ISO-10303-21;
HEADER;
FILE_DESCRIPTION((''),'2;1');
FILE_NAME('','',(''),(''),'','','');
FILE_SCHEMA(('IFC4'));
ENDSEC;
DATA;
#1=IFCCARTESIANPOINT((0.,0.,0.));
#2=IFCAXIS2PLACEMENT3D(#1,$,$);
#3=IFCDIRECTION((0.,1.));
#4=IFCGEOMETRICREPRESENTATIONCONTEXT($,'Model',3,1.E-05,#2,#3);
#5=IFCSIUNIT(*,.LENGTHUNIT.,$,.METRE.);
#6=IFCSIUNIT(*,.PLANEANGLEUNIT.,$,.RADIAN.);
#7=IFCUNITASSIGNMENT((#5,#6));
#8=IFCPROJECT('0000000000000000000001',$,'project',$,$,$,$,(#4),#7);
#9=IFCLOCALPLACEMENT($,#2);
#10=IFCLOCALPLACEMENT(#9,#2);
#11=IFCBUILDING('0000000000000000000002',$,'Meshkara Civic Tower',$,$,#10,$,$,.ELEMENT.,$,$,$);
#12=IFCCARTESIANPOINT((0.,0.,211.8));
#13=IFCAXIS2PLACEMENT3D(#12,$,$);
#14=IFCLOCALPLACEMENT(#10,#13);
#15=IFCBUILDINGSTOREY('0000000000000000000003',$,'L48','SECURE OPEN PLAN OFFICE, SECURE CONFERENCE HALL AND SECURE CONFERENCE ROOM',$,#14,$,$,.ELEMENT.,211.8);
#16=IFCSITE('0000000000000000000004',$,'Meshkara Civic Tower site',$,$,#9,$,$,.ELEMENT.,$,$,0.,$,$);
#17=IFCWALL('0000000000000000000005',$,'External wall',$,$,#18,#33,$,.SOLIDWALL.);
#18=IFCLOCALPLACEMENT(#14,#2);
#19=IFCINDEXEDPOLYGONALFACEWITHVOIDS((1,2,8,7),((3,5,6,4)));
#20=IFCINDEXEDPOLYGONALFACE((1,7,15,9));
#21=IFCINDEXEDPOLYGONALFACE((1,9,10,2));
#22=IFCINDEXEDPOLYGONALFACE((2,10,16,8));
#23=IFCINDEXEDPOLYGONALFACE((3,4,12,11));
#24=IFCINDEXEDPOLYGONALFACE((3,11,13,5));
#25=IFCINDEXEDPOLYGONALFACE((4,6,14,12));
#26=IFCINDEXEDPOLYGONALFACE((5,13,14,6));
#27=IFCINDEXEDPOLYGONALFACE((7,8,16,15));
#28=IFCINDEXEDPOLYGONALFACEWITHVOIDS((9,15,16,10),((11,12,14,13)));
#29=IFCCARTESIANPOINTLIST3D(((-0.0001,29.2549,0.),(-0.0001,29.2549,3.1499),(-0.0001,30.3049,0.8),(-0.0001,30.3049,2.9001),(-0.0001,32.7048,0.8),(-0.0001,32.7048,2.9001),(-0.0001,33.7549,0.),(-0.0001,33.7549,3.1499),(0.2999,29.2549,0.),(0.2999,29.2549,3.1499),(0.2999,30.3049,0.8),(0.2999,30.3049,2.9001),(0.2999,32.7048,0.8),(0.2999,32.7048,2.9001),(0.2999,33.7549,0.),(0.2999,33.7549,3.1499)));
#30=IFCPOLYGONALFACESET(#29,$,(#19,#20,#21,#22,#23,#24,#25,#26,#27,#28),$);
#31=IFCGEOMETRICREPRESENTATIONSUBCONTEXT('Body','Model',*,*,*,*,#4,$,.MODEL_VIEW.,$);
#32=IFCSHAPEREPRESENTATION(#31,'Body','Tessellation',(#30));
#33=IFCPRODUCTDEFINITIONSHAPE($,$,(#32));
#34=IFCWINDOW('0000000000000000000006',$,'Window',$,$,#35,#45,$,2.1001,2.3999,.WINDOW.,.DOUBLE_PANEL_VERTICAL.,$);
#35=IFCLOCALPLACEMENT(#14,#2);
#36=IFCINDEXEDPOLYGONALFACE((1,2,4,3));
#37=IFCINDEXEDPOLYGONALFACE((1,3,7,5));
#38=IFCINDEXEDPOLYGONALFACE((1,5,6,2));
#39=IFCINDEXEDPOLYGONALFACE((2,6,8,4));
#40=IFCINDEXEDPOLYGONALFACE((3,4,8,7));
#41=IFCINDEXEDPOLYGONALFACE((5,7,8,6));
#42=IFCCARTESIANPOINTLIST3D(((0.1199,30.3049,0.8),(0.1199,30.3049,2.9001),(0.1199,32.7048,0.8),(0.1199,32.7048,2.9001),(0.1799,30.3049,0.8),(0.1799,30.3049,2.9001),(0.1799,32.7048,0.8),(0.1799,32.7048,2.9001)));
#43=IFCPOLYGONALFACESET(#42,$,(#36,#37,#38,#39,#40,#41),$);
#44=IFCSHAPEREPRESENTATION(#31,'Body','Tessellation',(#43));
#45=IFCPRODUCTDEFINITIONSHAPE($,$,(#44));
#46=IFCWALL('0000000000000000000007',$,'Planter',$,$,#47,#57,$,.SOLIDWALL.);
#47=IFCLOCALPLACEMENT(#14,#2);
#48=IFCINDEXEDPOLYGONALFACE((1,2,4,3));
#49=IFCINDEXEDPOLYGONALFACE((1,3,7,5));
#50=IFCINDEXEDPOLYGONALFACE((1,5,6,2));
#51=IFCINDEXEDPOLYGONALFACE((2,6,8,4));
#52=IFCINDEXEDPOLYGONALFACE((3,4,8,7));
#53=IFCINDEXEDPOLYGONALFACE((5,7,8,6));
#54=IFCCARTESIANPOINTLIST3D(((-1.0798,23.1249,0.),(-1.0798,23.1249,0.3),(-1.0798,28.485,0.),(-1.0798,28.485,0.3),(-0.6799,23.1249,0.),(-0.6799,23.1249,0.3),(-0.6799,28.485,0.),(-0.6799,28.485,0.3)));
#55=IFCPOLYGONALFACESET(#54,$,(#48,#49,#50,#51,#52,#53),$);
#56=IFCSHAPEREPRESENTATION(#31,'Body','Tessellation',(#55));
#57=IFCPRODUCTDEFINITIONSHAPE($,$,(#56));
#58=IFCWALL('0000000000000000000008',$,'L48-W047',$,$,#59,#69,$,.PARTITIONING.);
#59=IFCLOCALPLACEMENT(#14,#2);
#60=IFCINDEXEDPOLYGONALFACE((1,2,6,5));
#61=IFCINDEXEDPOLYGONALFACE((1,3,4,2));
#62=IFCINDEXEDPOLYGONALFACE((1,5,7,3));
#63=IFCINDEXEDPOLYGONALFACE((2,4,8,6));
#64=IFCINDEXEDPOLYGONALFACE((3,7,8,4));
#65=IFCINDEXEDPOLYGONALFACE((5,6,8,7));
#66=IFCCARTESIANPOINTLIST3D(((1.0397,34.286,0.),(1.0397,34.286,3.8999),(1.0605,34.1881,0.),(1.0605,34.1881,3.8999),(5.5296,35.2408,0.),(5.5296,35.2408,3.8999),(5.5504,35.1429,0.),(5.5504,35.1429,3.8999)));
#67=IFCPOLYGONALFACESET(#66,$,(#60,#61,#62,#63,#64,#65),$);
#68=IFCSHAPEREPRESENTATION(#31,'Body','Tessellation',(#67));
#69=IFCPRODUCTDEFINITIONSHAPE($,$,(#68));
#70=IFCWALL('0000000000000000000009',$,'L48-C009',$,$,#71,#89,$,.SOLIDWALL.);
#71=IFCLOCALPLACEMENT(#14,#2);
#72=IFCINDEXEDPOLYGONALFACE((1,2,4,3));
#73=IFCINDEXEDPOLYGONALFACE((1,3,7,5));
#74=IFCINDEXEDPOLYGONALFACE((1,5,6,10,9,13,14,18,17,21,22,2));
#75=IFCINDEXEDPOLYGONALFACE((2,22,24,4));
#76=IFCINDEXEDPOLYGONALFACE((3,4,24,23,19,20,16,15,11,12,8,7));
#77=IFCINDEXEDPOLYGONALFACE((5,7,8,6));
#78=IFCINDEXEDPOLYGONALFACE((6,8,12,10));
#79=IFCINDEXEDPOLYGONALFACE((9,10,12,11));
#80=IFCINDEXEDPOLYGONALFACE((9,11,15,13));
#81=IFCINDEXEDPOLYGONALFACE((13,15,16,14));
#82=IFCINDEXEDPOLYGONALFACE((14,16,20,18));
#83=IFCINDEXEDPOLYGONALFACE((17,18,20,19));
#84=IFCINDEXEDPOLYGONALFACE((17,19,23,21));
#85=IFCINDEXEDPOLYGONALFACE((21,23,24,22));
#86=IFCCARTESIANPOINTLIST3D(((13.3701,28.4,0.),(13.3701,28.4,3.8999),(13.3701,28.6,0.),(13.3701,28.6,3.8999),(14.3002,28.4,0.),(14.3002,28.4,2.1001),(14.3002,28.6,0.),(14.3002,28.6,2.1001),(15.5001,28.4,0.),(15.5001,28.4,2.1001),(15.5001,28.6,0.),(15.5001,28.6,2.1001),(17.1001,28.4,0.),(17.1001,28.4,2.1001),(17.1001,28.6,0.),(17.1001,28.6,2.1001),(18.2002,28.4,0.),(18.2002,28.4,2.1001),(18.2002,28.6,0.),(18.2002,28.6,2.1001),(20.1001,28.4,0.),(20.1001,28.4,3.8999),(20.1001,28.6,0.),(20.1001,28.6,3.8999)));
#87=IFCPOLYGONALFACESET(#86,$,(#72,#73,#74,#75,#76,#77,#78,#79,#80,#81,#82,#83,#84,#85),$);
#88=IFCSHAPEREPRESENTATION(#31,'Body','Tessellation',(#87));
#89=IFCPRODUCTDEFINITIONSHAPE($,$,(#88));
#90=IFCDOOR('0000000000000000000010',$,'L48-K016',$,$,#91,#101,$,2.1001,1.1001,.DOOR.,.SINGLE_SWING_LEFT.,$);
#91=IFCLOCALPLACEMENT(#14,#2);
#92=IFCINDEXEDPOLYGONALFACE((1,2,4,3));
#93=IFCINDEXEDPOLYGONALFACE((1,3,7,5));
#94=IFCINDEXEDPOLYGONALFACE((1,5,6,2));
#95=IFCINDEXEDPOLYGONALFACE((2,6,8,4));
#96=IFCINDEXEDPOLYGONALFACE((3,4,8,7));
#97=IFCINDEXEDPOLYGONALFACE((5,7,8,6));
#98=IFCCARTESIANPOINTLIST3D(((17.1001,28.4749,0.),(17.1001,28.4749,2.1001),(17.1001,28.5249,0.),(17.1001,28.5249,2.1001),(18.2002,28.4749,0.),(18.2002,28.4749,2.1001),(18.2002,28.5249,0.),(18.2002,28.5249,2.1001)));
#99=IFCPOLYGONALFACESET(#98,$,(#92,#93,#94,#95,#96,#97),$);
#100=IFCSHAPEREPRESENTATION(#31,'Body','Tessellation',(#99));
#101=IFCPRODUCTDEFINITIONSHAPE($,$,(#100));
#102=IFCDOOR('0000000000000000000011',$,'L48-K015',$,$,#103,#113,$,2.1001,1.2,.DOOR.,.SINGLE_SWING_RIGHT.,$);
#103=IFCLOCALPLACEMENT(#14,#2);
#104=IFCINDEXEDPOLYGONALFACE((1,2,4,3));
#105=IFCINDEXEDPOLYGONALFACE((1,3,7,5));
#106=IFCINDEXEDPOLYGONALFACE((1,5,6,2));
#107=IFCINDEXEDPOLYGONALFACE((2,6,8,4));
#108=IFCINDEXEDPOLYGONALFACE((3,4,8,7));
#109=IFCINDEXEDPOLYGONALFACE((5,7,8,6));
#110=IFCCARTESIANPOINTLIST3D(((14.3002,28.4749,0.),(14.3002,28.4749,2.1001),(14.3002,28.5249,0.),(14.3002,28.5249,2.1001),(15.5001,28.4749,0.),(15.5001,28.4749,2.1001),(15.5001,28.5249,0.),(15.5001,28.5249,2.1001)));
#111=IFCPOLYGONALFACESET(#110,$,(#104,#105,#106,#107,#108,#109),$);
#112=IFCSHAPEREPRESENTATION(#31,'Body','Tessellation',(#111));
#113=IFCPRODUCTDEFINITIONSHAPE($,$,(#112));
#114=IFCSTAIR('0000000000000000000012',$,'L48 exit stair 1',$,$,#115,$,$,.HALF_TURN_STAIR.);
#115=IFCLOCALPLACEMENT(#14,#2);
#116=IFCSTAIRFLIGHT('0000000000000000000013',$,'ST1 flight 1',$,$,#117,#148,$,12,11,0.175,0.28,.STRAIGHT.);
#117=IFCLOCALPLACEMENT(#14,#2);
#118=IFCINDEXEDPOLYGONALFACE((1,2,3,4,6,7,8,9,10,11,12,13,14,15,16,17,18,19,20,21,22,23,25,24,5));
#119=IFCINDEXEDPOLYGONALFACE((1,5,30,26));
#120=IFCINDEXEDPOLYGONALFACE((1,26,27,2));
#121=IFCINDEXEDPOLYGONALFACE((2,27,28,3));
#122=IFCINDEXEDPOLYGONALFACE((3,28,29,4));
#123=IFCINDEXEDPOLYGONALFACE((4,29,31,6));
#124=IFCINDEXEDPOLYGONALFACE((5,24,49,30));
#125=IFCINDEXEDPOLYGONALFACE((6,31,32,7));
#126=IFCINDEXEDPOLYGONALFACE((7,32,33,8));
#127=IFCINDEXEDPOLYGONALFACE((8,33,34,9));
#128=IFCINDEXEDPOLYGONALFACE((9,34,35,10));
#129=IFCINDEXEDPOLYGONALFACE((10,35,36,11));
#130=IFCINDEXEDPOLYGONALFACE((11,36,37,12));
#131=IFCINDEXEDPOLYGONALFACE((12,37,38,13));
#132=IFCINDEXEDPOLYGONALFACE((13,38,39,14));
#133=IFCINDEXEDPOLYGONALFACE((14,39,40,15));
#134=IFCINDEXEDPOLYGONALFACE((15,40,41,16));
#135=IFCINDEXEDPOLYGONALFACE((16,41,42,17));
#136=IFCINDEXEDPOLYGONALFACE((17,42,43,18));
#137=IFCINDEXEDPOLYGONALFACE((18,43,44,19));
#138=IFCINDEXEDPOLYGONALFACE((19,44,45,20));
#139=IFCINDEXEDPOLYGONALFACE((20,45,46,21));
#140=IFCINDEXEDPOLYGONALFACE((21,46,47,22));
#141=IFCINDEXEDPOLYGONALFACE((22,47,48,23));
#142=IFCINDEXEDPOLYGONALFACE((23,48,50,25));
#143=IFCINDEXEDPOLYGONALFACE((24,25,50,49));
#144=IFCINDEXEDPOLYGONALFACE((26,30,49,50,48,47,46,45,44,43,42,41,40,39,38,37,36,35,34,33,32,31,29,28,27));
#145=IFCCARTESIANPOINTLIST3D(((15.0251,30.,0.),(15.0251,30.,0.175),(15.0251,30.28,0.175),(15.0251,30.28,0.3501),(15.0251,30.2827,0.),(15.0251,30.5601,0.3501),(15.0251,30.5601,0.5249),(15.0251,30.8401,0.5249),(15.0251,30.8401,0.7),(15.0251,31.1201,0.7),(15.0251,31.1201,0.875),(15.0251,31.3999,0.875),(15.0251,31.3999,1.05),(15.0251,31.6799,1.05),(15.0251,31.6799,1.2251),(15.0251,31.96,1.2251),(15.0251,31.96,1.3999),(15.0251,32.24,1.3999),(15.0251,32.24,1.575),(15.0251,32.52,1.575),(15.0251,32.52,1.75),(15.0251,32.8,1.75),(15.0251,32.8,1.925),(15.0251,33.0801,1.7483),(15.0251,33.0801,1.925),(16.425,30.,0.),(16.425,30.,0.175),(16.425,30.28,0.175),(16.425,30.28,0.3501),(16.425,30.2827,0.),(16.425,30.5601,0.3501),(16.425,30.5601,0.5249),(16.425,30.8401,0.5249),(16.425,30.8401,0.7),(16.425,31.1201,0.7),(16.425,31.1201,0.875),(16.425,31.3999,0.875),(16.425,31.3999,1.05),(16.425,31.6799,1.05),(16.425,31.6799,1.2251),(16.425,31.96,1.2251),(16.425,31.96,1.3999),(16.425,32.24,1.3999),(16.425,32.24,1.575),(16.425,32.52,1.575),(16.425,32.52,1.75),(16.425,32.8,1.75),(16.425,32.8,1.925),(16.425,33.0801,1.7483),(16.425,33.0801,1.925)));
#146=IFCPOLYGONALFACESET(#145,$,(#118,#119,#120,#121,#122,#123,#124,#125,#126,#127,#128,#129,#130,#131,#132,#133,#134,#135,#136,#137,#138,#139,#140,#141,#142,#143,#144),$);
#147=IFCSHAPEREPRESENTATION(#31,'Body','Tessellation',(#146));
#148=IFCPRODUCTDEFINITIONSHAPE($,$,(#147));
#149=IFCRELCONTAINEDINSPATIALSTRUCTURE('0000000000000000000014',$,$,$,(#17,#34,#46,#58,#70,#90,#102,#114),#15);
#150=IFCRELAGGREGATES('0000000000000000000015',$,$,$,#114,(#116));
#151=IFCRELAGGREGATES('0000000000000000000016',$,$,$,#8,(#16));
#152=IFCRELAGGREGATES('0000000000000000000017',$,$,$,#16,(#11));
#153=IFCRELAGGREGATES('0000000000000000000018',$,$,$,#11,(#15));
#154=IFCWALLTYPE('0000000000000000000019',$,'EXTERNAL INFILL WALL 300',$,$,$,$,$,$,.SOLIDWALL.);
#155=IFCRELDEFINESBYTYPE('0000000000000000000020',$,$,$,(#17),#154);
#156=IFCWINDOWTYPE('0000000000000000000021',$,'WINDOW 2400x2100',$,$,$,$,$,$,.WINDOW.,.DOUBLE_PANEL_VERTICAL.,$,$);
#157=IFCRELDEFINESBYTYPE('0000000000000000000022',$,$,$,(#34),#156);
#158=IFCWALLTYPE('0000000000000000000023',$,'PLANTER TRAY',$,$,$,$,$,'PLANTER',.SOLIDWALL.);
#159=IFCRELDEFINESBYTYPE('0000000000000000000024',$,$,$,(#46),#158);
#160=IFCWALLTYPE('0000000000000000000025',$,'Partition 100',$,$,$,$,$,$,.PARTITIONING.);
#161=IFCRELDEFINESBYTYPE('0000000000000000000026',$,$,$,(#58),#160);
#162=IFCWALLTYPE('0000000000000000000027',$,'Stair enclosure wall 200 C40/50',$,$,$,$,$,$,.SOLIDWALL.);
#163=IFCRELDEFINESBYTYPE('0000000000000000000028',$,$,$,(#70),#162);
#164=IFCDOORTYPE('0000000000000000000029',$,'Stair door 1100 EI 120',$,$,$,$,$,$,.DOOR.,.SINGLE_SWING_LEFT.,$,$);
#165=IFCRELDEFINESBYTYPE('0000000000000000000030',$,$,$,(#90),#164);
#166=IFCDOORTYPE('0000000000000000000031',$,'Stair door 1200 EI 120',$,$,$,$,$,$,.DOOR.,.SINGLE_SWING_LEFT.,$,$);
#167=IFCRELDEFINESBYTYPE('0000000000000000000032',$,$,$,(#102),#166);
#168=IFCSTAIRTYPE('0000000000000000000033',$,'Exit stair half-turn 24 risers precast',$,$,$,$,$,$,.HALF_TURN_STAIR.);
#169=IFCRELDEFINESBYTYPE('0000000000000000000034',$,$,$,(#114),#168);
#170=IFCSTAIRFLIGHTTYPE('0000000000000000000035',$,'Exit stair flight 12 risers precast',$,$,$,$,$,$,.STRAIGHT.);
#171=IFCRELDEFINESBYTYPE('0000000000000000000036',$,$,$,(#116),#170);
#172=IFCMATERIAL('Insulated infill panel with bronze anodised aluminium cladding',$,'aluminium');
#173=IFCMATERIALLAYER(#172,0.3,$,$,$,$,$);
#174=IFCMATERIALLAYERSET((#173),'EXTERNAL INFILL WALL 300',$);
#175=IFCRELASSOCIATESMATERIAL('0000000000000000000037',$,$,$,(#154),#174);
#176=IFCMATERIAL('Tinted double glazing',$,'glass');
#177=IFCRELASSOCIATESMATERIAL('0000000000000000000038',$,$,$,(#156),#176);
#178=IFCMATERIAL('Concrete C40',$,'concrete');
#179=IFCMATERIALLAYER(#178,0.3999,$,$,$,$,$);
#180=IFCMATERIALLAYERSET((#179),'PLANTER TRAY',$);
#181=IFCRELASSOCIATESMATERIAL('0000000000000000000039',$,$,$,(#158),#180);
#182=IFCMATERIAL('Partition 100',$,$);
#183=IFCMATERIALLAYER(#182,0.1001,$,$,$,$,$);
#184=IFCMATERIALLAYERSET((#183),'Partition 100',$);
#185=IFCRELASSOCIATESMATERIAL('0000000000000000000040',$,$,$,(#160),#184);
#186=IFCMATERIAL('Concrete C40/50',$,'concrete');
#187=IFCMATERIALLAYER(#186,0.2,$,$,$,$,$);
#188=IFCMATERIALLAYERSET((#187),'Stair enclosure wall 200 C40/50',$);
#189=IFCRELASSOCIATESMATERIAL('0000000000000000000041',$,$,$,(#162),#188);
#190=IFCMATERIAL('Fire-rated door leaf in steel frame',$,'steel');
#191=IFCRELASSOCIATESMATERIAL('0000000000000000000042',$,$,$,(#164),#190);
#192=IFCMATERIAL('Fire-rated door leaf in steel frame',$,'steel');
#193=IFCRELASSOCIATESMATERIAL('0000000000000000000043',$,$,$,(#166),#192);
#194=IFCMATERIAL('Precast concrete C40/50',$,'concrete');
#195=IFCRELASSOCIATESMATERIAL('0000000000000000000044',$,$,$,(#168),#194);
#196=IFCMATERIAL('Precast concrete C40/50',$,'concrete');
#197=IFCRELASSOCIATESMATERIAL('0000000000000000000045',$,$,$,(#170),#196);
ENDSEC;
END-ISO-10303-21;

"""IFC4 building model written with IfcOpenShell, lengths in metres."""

from ifc_helpers import new_model, si_unit, direction, frame, frame_2d, origin, place, context, subcontext, project, spatial, polyline, rectangle, outline, extrude, material, layer, layer_set, type_object, element, fill, aggregate, save


model = new_model("IFC4")

# Units and contexts
model_context = context("Model", 3, precision=1e-05, world=origin(), true_north=direction((0.0, 1.0)))
body_context = subcontext(model_context, "Body", "Model", "MODEL_VIEW")
ifc_project = project(units=[si_unit("LENGTHUNIT", "METRE"), si_unit("PLANEANGLEUNIT", "RADIAN")], contexts=[model_context])

# Site, building, storey
site_placement = place(None, origin())
site = spatial("IfcSite", under=ifc_project, at=site_placement, Name="Meshkara Civic Tower site", CompositionType="ELEMENT", RefElevation=0.0)
building_placement = place(site_placement, origin())
building = spatial("IfcBuilding", under=site, at=building_placement, Name="Meshkara Civic Tower", CompositionType="ELEMENT")
storey_placement = place(building_placement, frame((0.0, 0.0, 211.8)))
storey = spatial("IfcBuildingStorey", under=building, at=storey_placement, Name="L48", Description="SECURE OPEN PLAN OFFICE, SECURE CONFERENCE HALL AND SECURE CONFERENCE ROOM", CompositionType="ELEMENT", Elevation=211.8)

# Wall, opening, window
ifc_material_1 = material(Name="Insulated infill panel with bronze anodised aluminium cladding", Category="aluminium")
ifc_layer_1 = layer(ifc_material_1, 0.3)
ifc_layer_set_1 = layer_set([ifc_layer_1], Name="EXTERNAL INFILL WALL 300")
wall_type_1 = type_object("IfcWallType", Name="EXTERNAL INFILL WALL 300", PredefinedType="SOLIDWALL", material=ifc_layer_set_1)
ifc_material_2 = material(Name="Tinted double glazing", Category="glass")
window_type = type_object("IfcWindowType", Name="WINDOW 2400x2100", PartitioningType="DOUBLE_PANEL_VERTICAL", PredefinedType="WINDOW", material=ifc_material_2)
wall_1_placement = place(storey_placement, frame((0.1499, 33.7549, 0.0), z_axis=(0.0, 0.0, 1.0), x_axis=(0.0, -1.0, 0.0)))
wall_1 = element("IfcWall", 1, at=wall_1_placement, inside=storey, type_object=wall_type_1, Name="External wall", PredefinedType="SOLIDWALL", context=body_context, shape_type="SweptSolid", body=[
    extrude(rectangle(XDim=4.5, YDim=0.3, at=frame_2d((2.25, 0.0))), origin(), (0.0, 0.0, 1.0), 3.1499),
])
opening_1_placement = place(wall_1_placement, frame((1.05, 0.0, 0.8)))
opening_1 = element("IfcOpeningElement", 2, at=opening_1_placement, cuts=wall_1, PredefinedType="OPENING", context=body_context, shape_type="SweptSolid", body=[
    extrude(rectangle(XDim=2.3999, YDim=2.1001, at=frame_2d((1.2, 1.05))), frame((0.0, 0.1599, 0.0), z_axis=(0.0, -1.0, 0.0), x_axis=(1.0, 0.0, 0.0)), (0.0, 0.0, 1.0), 0.3201),
])
window_1_placement = place(opening_1_placement, origin())
window_1 = element("IfcWindow", 3, at=window_1_placement, inside=storey, type_object=window_type, Name="Window", OverallHeight=2.1001, OverallWidth=2.3999, PartitioningType="DOUBLE_PANEL_VERTICAL", PredefinedType="WINDOW", context=body_context, shape_type="SweptSolid", body=[
    extrude(rectangle(XDim=2.3999, YDim=2.1001, at=frame_2d((1.2, 1.05))), frame((0.0, 0.03, 0.0), z_axis=(0.0, -1.0, 0.0), x_axis=(1.0, 0.0, 0.0)), (0.0, 0.0, 1.0), 0.0601),
])
fill(opening_1, window_1)

# Walls
ifc_material_3 = material(Name="Concrete C40", Category="concrete")
ifc_layer_2 = layer(ifc_material_3, 0.3999)
ifc_layer_set_2 = layer_set([ifc_layer_2], Name="PLANTER TRAY")
wall_type_2 = type_object("IfcWallType", Name="PLANTER TRAY", ElementType="PLANTER", PredefinedType="SOLIDWALL", material=ifc_layer_set_2)
wall_2_placement = place(storey_placement, frame((-0.8799, 28.4851, 0.0), z_axis=(0.0, 0.0, 1.0), x_axis=(0.0, -1.0, 0.0)))
element("IfcWall", 4, at=wall_2_placement, inside=storey, type_object=wall_type_2, Name="Planter", PredefinedType="SOLIDWALL", context=body_context, shape_type="SweptSolid", body=[
    extrude(rectangle(XDim=5.3601, YDim=0.3999, at=frame_2d((2.6802, 0.0))), origin(), (0.0, 0.0, 1.0), 0.3),
])
ifc_material_4 = material(Name="Partition 100")
ifc_layer_3 = layer(ifc_material_4, 0.1001)
ifc_layer_set_3 = layer_set([ifc_layer_3], Name="Partition 100")
wall_type_3 = type_object("IfcWallType", Name="Partition 100", PredefinedType="PARTITIONING", material=ifc_layer_set_3)
wall_3_placement = place(storey_placement, frame((5.54, 35.1919, 0.0), z_axis=(0.0, 0.0, 1.0), x_axis=(-0.978127, -0.208007, 0.0)))
element("IfcWall", 5, at=wall_3_placement, inside=storey, type_object=wall_type_3, Name="L48-W047", PredefinedType="PARTITIONING", context=body_context, shape_type="SweptSolid", body=[
    extrude(rectangle(XDim=4.5903, YDim=0.1001, at=frame_2d((2.2952, 0.0))), origin(), (0.0, 0.0, 1.0), 3.8999),
])

# Wall, openings, doors
ifc_material_5 = material(Name="Concrete C40/50", Category="concrete")
ifc_layer_4 = layer(ifc_material_5, 0.2)
ifc_layer_set_4 = layer_set([ifc_layer_4], Name="Stair enclosure wall 200 C40/50")
wall_type_4 = type_object("IfcWallType", Name="Stair enclosure wall 200 C40/50", PredefinedType="SOLIDWALL", material=ifc_layer_set_4)
wall_4_placement = place(storey_placement, frame((13.3701, 28.5, 0.0), z_axis=(0.0, 0.0, 1.0), x_axis=(1.0, 0.0, 0.0)))
wall_4 = element("IfcWall", 6, at=wall_4_placement, inside=storey, type_object=wall_type_4, Name="L48-C009", PredefinedType="SOLIDWALL", context=body_context, shape_type="SweptSolid", body=[
    extrude(rectangle(XDim=6.73, YDim=0.2, at=frame_2d((3.365, 0.0))), origin(), (0.0, 0.0, 1.0), 3.8999),
])
opening_2_placement = place(wall_4_placement, frame((0.9299, 0.0, 0.0)))
opening_2 = element("IfcOpeningElement", 7, at=opening_2_placement, cuts=wall_4, PredefinedType="OPENING", context=body_context, shape_type="SweptSolid", body=[
    extrude(rectangle(XDim=1.2, YDim=2.1001, at=frame_2d((0.6001, 1.05))), frame((0.0, 0.1099, 0.0), z_axis=(0.0, -1.0, 0.0), x_axis=(1.0, 0.0, 0.0)), (0.0, 0.0, 1.0), 0.22),
])
opening_3_placement = place(wall_4_placement, frame((3.73, 0.0, 0.0)))
opening_3 = element("IfcOpeningElement", 8, at=opening_3_placement, cuts=wall_4, PredefinedType="OPENING", context=body_context, shape_type="SweptSolid", body=[
    extrude(rectangle(XDim=1.1001, YDim=2.1001, at=frame_2d((0.55, 1.05))), frame((0.0, 0.1099, 0.0), z_axis=(0.0, -1.0, 0.0), x_axis=(1.0, 0.0, 0.0)), (0.0, 0.0, 1.0), 0.22),
])
ifc_material_6 = material(Name="Fire-rated door leaf in steel frame", Category="steel")
door_type_1 = type_object("IfcDoorType", Name="Stair door 1100 EI 120", OperationType="SINGLE_SWING_LEFT", PredefinedType="DOOR", material=ifc_material_6)
door_1_placement = place(opening_3_placement, origin())
door_1 = element("IfcDoor", 9, at=door_1_placement, inside=storey, type_object=door_type_1, Name="L48-K016", OperationType="SINGLE_SWING_LEFT", OverallHeight=2.1001, OverallWidth=1.1001, PredefinedType="DOOR", context=body_context, shape_type="SweptSolid", body=[
    extrude(rectangle(XDim=1.1001, YDim=2.1001, at=frame_2d((0.55, 1.05))), frame((0.0, 0.0249, 0.0), z_axis=(0.0, -1.0, 0.0), x_axis=(1.0, 0.0, 0.0)), (0.0, 0.0, 1.0), 0.05),
])
fill(opening_3, door_1)
ifc_material_7 = material(Name="Fire-rated door leaf in steel frame", Category="steel")
door_type_2 = type_object("IfcDoorType", Name="Stair door 1200 EI 120", OperationType="SINGLE_SWING_LEFT", PredefinedType="DOOR", material=ifc_material_7)
door_2_placement = place(opening_2_placement, origin())
door_2 = element("IfcDoor", 10, at=door_2_placement, inside=storey, type_object=door_type_2, Name="L48-K015", OperationType="SINGLE_SWING_RIGHT", OverallHeight=2.1001, OverallWidth=1.2, PredefinedType="DOOR", context=body_context, shape_type="SweptSolid", body=[
    extrude(rectangle(XDim=1.2, YDim=2.1001, at=frame_2d((0.6001, 1.05))), frame((0.0, 0.0249, 0.0), z_axis=(0.0, -1.0, 0.0), x_axis=(1.0, 0.0, 0.0)), (0.0, 0.0, 1.0), 0.05),
])
fill(opening_2, door_2)

# Stair, stair flight
ifc_material_8 = material(Name="Precast concrete C40/50", Category="concrete")
stair_type = type_object("IfcStairType", Name="Exit stair half-turn 24 risers precast", PredefinedType="HALF_TURN_STAIR", material=ifc_material_8)
stair_placement = place(storey_placement, origin())
stair = element("IfcStair", 11, at=stair_placement, inside=storey, type_object=stair_type, Name="L48 exit stair 1", PredefinedType="HALF_TURN_STAIR")
ifc_material_9 = material(Name="Precast concrete C40/50", Category="concrete")
stair_flight_type = type_object("IfcStairFlightType", Name="Exit stair flight 12 risers precast", PredefinedType="STRAIGHT", material=ifc_material_9)
stair_flight_1_placement = place(storey_placement, frame((15.7251, 30.0, 0.0), z_axis=(0.0, 0.0, 1.0), x_axis=(0.0, 1.0, 0.0)))
stair_flight_1 = element("IfcStairFlight", 12, at=stair_flight_1_placement, type_object=stair_flight_type, Name="ST1 flight 1", NumberOfRisers=12, NumberOfTreads=11, PredefinedType="STRAIGHT", RiserHeight=0.175, TreadLength=0.28, context=body_context, shape_type="SweptSolid", body=[
    extrude(outline(polyline([(0.0, 0.0), (0.0, 0.175), (0.28, 0.175), (0.28, 0.3501), (0.5601, 0.3501), (0.5601, 0.5249), (0.8401, 0.5249), (0.8401, 0.7), (1.1201, 0.7), (1.1201, 0.875), (1.3999, 0.875), (1.3999, 1.05), (1.6799, 1.05), (1.6799, 1.2251), (1.96, 1.2251), (1.96, 1.3999), (2.24, 1.3999), (2.24, 1.575), (2.52, 1.575), (2.52, 1.75), (2.8, 1.75), (2.8, 1.925), (3.0801, 1.925), (3.0801, 2.1001), (3.0801, 1.7483), (0.2827, 0.0), (0.0, 0.0)])), frame((0.0, 0.7, 0.0), z_axis=(0.0, -1.0, 0.0), x_axis=(1.0, 0.0, 0.0)), (0.0, 0.0, 1.0), 1.3999),
])
aggregate(stair, [stair_flight_1])

save(model, "model.ifc")
